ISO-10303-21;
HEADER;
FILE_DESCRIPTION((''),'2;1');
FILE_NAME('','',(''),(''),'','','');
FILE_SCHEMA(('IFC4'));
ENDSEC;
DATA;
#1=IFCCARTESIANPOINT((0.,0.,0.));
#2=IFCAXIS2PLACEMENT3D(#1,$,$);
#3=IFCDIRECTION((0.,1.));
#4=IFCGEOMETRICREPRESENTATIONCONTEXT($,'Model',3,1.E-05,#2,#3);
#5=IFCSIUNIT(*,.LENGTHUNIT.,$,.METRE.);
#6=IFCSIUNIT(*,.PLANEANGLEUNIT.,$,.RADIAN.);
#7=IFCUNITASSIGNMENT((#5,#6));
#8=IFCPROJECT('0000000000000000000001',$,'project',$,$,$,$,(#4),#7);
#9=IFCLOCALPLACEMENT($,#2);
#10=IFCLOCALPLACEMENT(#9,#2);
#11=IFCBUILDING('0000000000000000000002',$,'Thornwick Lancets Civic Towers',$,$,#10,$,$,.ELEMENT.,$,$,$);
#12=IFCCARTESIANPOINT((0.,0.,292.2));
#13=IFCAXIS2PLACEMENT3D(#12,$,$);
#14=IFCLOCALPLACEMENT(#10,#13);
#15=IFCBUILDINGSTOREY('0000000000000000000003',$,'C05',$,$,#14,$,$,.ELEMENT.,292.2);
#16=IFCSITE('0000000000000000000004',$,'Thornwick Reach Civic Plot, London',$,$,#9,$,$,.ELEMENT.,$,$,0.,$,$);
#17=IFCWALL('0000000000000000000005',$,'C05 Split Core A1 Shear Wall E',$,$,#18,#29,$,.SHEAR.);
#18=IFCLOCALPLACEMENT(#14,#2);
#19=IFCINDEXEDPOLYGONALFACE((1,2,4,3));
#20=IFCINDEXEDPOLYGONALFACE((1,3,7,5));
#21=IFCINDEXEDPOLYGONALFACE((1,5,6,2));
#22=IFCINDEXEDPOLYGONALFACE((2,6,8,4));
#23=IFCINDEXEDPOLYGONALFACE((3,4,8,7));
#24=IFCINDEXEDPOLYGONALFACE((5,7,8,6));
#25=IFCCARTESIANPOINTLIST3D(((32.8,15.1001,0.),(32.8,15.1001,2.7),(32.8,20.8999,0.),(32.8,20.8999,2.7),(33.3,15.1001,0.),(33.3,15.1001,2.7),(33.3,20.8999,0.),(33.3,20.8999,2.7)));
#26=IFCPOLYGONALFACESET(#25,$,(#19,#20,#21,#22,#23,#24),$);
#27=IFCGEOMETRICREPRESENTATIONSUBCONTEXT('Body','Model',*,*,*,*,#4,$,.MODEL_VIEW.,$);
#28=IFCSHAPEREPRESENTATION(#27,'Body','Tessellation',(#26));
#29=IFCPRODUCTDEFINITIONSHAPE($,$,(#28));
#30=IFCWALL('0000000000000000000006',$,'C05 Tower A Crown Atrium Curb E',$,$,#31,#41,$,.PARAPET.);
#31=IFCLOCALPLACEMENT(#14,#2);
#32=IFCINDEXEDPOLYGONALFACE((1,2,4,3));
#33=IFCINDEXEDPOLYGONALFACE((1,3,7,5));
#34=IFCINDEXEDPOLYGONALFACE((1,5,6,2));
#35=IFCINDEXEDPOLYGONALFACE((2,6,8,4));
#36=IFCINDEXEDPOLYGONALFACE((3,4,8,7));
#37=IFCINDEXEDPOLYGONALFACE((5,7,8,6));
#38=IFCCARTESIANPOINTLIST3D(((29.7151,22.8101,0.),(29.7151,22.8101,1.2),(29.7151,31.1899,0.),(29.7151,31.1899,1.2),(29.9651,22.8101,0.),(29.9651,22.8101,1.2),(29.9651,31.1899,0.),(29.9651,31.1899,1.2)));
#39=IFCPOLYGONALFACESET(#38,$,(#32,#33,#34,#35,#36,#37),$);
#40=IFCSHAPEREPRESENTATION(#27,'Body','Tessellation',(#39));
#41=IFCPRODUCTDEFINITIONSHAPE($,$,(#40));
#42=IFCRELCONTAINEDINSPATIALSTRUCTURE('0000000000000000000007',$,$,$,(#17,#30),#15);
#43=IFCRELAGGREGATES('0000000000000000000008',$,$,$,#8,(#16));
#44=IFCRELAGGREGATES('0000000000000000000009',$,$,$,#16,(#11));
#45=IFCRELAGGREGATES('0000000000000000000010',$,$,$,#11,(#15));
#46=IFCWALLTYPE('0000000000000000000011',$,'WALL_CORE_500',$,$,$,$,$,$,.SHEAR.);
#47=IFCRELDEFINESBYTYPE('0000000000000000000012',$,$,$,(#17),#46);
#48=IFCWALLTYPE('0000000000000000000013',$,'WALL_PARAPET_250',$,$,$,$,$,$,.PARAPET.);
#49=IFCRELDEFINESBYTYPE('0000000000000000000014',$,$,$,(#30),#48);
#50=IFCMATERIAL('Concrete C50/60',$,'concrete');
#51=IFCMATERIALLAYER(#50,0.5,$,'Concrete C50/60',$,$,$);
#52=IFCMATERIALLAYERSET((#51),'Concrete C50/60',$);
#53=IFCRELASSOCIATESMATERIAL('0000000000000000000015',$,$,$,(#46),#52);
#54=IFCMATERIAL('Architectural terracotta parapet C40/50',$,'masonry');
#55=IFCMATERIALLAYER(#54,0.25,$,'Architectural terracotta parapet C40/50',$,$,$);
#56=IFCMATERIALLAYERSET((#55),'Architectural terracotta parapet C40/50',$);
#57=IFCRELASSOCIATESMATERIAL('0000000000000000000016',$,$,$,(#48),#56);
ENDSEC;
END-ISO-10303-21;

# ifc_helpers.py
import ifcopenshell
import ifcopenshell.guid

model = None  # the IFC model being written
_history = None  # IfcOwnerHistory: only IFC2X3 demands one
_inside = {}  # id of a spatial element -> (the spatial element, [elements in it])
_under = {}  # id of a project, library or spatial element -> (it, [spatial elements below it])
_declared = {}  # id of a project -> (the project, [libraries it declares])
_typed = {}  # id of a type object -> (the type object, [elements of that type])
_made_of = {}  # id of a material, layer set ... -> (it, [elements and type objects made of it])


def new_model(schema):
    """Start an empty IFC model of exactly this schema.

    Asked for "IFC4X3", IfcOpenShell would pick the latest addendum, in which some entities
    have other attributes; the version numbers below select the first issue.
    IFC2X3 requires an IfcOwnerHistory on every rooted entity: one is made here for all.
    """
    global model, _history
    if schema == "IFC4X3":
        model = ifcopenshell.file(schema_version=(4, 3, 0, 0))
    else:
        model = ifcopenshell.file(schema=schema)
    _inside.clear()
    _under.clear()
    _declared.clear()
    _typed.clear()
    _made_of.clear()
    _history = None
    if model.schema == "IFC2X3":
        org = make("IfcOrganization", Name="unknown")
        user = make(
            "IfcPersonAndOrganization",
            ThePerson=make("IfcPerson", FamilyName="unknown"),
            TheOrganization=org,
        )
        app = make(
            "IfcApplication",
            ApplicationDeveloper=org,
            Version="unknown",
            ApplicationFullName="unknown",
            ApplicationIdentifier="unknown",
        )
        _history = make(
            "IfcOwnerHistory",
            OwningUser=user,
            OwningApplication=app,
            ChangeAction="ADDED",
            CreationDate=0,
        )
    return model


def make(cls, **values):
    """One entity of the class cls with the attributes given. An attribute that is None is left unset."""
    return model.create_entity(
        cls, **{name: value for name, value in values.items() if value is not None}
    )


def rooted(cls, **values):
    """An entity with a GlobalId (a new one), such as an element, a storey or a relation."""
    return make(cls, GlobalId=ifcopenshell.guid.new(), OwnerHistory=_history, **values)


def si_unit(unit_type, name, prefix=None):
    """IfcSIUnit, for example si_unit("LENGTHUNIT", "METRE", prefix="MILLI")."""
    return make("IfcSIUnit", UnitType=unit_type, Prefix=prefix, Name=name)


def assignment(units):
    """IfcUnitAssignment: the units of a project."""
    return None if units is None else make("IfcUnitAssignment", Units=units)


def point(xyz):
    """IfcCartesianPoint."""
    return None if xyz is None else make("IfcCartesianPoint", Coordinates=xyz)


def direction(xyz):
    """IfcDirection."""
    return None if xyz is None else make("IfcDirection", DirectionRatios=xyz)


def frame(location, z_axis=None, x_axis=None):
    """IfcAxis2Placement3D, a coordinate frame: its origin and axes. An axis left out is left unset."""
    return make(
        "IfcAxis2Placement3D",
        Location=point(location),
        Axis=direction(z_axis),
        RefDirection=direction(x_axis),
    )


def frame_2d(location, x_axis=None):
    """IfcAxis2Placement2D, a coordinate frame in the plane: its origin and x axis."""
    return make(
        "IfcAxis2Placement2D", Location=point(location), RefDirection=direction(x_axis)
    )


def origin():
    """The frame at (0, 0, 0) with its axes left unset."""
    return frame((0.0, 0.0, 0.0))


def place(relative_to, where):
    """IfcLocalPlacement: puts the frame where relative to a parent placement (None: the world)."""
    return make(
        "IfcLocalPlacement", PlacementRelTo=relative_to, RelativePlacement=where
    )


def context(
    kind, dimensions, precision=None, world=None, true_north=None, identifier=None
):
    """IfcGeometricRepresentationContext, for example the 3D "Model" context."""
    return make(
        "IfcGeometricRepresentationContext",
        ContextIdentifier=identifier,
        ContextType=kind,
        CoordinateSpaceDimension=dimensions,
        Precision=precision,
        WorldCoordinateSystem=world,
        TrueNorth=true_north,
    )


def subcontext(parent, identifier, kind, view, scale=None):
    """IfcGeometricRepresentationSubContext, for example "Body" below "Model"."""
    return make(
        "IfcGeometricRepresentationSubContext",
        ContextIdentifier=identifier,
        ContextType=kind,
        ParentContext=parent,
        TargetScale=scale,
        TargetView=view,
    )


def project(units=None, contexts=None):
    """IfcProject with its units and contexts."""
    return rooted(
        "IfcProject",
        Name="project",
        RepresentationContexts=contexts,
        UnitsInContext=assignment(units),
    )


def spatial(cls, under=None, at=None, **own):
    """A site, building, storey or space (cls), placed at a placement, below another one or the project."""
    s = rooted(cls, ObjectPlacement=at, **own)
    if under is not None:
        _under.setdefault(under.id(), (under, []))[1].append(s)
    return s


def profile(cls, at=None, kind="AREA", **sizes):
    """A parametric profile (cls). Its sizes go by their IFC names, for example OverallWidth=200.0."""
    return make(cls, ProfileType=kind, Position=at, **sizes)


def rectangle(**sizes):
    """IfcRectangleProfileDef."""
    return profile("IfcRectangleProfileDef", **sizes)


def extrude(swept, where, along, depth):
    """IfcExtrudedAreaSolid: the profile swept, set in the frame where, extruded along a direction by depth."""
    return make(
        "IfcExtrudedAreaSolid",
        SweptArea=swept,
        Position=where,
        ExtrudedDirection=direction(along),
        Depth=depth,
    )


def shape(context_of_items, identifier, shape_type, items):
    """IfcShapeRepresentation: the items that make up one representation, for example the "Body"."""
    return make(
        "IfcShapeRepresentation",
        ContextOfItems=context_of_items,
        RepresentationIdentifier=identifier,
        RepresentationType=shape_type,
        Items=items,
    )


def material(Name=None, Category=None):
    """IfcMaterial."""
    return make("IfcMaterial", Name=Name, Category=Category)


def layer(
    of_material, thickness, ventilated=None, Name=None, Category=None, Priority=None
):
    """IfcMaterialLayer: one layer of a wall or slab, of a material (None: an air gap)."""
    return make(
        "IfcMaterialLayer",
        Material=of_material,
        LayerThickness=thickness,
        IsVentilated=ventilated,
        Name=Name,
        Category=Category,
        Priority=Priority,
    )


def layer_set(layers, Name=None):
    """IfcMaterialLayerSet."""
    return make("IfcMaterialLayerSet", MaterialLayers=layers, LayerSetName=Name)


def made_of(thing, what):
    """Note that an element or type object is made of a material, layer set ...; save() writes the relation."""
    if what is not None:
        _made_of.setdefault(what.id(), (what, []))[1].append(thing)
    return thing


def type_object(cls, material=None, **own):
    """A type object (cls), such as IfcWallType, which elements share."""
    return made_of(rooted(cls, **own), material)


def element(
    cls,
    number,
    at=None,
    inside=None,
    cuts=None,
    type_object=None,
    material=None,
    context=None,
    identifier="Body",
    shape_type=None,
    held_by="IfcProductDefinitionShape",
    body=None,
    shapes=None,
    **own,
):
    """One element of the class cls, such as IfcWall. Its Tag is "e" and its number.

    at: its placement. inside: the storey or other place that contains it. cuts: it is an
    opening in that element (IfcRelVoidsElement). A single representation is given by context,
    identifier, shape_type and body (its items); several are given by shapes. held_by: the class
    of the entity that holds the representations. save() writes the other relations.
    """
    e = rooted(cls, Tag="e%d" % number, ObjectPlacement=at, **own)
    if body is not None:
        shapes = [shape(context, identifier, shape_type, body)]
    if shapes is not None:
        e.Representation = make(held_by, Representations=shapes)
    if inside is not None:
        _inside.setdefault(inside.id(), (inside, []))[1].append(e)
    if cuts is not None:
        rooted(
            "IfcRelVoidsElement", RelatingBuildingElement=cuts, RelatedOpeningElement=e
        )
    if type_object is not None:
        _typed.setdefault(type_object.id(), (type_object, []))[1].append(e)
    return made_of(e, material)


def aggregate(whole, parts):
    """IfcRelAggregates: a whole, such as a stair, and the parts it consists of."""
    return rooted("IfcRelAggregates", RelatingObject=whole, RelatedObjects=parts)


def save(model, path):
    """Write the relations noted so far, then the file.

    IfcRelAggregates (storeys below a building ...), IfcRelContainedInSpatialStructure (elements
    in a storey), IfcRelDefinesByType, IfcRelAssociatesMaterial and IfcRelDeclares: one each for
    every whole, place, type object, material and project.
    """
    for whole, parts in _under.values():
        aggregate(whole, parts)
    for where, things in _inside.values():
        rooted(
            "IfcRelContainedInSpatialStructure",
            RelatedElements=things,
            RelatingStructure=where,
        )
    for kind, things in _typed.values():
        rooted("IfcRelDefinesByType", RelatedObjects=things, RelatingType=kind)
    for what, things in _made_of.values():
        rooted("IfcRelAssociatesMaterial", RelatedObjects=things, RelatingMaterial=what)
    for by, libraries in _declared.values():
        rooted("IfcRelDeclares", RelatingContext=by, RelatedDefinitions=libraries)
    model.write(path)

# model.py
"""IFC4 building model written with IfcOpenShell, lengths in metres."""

from ifc_helpers import new_model, si_unit, direction, frame, frame_2d, origin, place, context, subcontext, project, spatial, rectangle, extrude, material, layer, layer_set, type_object, element, save


model = new_model("IFC4")

# Units and contexts
model_context = context("Model", 3, precision=1e-05, world=origin(), true_north=direction((0.0, 1.0)))
body_context = subcontext(model_context, "Body", "Model", "MODEL_VIEW")
ifc_project = project(units=[si_unit("LENGTHUNIT", "METRE"), si_unit("PLANEANGLEUNIT", "RADIAN")], contexts=[model_context])

# Site, building, storey
site_placement = place(None, origin())
site = spatial("IfcSite", under=ifc_project, at=site_placement, Name="Thornwick Reach Civic Plot, London", CompositionType="ELEMENT", RefElevation=0.0)
building_placement = place(site_placement, origin())
building = spatial("IfcBuilding", under=site, at=building_placement, Name="Thornwick Lancets Civic Towers", CompositionType="ELEMENT")
storey_placement = place(building_placement, frame((0.0, 0.0, 292.2)))
storey = spatial("IfcBuildingStorey", under=building, at=storey_placement, Name="C05", CompositionType="ELEMENT", Elevation=292.2)

# Walls
ifc_material_1 = material(Name="Concrete C50/60", Category="concrete")
ifc_layer_1 = layer(ifc_material_1, 0.5, Name="Concrete C50/60")
ifc_layer_set_1 = layer_set([ifc_layer_1], Name="Concrete C50/60")
wall_type_1 = type_object("IfcWallType", Name="WALL_CORE_500", PredefinedType="SHEAR", material=ifc_layer_set_1)
wall_1_placement = place(storey_placement, frame((33.05, 15.1001, 0.0), z_axis=(0.0, 0.0, 1.0), x_axis=(0.0, 1.0, 0.0)))
element("IfcWall", 1, at=wall_1_placement, inside=storey, type_object=wall_type_1, Name="C05 Split Core A1 Shear Wall E", PredefinedType="SHEAR", context=body_context, shape_type="SweptSolid", body=[
    extrude(rectangle(XDim=5.7998, YDim=0.5, at=frame_2d((2.8999, 0.0))), origin(), (0.0, 0.0, 1.0), 2.7),
])
ifc_material_2 = material(Name="Architectural terracotta parapet C40/50", Category="masonry")
ifc_layer_2 = layer(ifc_material_2, 0.25, Name="Architectural terracotta parapet C40/50")
ifc_layer_set_2 = layer_set([ifc_layer_2], Name="Architectural terracotta parapet C40/50")
wall_type_2 = type_object("IfcWallType", Name="WALL_PARAPET_250", PredefinedType="PARAPET", material=ifc_layer_set_2)
wall_2_placement = place(storey_placement, frame((29.8401, 22.8101, 0.0), z_axis=(0.0, 0.0, 1.0), x_axis=(0.0, 1.0, 0.0)))
element("IfcWall", 2, at=wall_2_placement, inside=storey, type_object=wall_type_2, Name="C05 Tower A Crown Atrium Curb E", PredefinedType="PARAPET", context=body_context, shape_type="SweptSolid", body=[
    extrude(rectangle(XDim=8.3799, YDim=0.25, at=frame_2d((4.1899, 0.0))), origin(), (0.0, 0.0, 1.0), 1.2),
])

save(model, "model.ifc")
